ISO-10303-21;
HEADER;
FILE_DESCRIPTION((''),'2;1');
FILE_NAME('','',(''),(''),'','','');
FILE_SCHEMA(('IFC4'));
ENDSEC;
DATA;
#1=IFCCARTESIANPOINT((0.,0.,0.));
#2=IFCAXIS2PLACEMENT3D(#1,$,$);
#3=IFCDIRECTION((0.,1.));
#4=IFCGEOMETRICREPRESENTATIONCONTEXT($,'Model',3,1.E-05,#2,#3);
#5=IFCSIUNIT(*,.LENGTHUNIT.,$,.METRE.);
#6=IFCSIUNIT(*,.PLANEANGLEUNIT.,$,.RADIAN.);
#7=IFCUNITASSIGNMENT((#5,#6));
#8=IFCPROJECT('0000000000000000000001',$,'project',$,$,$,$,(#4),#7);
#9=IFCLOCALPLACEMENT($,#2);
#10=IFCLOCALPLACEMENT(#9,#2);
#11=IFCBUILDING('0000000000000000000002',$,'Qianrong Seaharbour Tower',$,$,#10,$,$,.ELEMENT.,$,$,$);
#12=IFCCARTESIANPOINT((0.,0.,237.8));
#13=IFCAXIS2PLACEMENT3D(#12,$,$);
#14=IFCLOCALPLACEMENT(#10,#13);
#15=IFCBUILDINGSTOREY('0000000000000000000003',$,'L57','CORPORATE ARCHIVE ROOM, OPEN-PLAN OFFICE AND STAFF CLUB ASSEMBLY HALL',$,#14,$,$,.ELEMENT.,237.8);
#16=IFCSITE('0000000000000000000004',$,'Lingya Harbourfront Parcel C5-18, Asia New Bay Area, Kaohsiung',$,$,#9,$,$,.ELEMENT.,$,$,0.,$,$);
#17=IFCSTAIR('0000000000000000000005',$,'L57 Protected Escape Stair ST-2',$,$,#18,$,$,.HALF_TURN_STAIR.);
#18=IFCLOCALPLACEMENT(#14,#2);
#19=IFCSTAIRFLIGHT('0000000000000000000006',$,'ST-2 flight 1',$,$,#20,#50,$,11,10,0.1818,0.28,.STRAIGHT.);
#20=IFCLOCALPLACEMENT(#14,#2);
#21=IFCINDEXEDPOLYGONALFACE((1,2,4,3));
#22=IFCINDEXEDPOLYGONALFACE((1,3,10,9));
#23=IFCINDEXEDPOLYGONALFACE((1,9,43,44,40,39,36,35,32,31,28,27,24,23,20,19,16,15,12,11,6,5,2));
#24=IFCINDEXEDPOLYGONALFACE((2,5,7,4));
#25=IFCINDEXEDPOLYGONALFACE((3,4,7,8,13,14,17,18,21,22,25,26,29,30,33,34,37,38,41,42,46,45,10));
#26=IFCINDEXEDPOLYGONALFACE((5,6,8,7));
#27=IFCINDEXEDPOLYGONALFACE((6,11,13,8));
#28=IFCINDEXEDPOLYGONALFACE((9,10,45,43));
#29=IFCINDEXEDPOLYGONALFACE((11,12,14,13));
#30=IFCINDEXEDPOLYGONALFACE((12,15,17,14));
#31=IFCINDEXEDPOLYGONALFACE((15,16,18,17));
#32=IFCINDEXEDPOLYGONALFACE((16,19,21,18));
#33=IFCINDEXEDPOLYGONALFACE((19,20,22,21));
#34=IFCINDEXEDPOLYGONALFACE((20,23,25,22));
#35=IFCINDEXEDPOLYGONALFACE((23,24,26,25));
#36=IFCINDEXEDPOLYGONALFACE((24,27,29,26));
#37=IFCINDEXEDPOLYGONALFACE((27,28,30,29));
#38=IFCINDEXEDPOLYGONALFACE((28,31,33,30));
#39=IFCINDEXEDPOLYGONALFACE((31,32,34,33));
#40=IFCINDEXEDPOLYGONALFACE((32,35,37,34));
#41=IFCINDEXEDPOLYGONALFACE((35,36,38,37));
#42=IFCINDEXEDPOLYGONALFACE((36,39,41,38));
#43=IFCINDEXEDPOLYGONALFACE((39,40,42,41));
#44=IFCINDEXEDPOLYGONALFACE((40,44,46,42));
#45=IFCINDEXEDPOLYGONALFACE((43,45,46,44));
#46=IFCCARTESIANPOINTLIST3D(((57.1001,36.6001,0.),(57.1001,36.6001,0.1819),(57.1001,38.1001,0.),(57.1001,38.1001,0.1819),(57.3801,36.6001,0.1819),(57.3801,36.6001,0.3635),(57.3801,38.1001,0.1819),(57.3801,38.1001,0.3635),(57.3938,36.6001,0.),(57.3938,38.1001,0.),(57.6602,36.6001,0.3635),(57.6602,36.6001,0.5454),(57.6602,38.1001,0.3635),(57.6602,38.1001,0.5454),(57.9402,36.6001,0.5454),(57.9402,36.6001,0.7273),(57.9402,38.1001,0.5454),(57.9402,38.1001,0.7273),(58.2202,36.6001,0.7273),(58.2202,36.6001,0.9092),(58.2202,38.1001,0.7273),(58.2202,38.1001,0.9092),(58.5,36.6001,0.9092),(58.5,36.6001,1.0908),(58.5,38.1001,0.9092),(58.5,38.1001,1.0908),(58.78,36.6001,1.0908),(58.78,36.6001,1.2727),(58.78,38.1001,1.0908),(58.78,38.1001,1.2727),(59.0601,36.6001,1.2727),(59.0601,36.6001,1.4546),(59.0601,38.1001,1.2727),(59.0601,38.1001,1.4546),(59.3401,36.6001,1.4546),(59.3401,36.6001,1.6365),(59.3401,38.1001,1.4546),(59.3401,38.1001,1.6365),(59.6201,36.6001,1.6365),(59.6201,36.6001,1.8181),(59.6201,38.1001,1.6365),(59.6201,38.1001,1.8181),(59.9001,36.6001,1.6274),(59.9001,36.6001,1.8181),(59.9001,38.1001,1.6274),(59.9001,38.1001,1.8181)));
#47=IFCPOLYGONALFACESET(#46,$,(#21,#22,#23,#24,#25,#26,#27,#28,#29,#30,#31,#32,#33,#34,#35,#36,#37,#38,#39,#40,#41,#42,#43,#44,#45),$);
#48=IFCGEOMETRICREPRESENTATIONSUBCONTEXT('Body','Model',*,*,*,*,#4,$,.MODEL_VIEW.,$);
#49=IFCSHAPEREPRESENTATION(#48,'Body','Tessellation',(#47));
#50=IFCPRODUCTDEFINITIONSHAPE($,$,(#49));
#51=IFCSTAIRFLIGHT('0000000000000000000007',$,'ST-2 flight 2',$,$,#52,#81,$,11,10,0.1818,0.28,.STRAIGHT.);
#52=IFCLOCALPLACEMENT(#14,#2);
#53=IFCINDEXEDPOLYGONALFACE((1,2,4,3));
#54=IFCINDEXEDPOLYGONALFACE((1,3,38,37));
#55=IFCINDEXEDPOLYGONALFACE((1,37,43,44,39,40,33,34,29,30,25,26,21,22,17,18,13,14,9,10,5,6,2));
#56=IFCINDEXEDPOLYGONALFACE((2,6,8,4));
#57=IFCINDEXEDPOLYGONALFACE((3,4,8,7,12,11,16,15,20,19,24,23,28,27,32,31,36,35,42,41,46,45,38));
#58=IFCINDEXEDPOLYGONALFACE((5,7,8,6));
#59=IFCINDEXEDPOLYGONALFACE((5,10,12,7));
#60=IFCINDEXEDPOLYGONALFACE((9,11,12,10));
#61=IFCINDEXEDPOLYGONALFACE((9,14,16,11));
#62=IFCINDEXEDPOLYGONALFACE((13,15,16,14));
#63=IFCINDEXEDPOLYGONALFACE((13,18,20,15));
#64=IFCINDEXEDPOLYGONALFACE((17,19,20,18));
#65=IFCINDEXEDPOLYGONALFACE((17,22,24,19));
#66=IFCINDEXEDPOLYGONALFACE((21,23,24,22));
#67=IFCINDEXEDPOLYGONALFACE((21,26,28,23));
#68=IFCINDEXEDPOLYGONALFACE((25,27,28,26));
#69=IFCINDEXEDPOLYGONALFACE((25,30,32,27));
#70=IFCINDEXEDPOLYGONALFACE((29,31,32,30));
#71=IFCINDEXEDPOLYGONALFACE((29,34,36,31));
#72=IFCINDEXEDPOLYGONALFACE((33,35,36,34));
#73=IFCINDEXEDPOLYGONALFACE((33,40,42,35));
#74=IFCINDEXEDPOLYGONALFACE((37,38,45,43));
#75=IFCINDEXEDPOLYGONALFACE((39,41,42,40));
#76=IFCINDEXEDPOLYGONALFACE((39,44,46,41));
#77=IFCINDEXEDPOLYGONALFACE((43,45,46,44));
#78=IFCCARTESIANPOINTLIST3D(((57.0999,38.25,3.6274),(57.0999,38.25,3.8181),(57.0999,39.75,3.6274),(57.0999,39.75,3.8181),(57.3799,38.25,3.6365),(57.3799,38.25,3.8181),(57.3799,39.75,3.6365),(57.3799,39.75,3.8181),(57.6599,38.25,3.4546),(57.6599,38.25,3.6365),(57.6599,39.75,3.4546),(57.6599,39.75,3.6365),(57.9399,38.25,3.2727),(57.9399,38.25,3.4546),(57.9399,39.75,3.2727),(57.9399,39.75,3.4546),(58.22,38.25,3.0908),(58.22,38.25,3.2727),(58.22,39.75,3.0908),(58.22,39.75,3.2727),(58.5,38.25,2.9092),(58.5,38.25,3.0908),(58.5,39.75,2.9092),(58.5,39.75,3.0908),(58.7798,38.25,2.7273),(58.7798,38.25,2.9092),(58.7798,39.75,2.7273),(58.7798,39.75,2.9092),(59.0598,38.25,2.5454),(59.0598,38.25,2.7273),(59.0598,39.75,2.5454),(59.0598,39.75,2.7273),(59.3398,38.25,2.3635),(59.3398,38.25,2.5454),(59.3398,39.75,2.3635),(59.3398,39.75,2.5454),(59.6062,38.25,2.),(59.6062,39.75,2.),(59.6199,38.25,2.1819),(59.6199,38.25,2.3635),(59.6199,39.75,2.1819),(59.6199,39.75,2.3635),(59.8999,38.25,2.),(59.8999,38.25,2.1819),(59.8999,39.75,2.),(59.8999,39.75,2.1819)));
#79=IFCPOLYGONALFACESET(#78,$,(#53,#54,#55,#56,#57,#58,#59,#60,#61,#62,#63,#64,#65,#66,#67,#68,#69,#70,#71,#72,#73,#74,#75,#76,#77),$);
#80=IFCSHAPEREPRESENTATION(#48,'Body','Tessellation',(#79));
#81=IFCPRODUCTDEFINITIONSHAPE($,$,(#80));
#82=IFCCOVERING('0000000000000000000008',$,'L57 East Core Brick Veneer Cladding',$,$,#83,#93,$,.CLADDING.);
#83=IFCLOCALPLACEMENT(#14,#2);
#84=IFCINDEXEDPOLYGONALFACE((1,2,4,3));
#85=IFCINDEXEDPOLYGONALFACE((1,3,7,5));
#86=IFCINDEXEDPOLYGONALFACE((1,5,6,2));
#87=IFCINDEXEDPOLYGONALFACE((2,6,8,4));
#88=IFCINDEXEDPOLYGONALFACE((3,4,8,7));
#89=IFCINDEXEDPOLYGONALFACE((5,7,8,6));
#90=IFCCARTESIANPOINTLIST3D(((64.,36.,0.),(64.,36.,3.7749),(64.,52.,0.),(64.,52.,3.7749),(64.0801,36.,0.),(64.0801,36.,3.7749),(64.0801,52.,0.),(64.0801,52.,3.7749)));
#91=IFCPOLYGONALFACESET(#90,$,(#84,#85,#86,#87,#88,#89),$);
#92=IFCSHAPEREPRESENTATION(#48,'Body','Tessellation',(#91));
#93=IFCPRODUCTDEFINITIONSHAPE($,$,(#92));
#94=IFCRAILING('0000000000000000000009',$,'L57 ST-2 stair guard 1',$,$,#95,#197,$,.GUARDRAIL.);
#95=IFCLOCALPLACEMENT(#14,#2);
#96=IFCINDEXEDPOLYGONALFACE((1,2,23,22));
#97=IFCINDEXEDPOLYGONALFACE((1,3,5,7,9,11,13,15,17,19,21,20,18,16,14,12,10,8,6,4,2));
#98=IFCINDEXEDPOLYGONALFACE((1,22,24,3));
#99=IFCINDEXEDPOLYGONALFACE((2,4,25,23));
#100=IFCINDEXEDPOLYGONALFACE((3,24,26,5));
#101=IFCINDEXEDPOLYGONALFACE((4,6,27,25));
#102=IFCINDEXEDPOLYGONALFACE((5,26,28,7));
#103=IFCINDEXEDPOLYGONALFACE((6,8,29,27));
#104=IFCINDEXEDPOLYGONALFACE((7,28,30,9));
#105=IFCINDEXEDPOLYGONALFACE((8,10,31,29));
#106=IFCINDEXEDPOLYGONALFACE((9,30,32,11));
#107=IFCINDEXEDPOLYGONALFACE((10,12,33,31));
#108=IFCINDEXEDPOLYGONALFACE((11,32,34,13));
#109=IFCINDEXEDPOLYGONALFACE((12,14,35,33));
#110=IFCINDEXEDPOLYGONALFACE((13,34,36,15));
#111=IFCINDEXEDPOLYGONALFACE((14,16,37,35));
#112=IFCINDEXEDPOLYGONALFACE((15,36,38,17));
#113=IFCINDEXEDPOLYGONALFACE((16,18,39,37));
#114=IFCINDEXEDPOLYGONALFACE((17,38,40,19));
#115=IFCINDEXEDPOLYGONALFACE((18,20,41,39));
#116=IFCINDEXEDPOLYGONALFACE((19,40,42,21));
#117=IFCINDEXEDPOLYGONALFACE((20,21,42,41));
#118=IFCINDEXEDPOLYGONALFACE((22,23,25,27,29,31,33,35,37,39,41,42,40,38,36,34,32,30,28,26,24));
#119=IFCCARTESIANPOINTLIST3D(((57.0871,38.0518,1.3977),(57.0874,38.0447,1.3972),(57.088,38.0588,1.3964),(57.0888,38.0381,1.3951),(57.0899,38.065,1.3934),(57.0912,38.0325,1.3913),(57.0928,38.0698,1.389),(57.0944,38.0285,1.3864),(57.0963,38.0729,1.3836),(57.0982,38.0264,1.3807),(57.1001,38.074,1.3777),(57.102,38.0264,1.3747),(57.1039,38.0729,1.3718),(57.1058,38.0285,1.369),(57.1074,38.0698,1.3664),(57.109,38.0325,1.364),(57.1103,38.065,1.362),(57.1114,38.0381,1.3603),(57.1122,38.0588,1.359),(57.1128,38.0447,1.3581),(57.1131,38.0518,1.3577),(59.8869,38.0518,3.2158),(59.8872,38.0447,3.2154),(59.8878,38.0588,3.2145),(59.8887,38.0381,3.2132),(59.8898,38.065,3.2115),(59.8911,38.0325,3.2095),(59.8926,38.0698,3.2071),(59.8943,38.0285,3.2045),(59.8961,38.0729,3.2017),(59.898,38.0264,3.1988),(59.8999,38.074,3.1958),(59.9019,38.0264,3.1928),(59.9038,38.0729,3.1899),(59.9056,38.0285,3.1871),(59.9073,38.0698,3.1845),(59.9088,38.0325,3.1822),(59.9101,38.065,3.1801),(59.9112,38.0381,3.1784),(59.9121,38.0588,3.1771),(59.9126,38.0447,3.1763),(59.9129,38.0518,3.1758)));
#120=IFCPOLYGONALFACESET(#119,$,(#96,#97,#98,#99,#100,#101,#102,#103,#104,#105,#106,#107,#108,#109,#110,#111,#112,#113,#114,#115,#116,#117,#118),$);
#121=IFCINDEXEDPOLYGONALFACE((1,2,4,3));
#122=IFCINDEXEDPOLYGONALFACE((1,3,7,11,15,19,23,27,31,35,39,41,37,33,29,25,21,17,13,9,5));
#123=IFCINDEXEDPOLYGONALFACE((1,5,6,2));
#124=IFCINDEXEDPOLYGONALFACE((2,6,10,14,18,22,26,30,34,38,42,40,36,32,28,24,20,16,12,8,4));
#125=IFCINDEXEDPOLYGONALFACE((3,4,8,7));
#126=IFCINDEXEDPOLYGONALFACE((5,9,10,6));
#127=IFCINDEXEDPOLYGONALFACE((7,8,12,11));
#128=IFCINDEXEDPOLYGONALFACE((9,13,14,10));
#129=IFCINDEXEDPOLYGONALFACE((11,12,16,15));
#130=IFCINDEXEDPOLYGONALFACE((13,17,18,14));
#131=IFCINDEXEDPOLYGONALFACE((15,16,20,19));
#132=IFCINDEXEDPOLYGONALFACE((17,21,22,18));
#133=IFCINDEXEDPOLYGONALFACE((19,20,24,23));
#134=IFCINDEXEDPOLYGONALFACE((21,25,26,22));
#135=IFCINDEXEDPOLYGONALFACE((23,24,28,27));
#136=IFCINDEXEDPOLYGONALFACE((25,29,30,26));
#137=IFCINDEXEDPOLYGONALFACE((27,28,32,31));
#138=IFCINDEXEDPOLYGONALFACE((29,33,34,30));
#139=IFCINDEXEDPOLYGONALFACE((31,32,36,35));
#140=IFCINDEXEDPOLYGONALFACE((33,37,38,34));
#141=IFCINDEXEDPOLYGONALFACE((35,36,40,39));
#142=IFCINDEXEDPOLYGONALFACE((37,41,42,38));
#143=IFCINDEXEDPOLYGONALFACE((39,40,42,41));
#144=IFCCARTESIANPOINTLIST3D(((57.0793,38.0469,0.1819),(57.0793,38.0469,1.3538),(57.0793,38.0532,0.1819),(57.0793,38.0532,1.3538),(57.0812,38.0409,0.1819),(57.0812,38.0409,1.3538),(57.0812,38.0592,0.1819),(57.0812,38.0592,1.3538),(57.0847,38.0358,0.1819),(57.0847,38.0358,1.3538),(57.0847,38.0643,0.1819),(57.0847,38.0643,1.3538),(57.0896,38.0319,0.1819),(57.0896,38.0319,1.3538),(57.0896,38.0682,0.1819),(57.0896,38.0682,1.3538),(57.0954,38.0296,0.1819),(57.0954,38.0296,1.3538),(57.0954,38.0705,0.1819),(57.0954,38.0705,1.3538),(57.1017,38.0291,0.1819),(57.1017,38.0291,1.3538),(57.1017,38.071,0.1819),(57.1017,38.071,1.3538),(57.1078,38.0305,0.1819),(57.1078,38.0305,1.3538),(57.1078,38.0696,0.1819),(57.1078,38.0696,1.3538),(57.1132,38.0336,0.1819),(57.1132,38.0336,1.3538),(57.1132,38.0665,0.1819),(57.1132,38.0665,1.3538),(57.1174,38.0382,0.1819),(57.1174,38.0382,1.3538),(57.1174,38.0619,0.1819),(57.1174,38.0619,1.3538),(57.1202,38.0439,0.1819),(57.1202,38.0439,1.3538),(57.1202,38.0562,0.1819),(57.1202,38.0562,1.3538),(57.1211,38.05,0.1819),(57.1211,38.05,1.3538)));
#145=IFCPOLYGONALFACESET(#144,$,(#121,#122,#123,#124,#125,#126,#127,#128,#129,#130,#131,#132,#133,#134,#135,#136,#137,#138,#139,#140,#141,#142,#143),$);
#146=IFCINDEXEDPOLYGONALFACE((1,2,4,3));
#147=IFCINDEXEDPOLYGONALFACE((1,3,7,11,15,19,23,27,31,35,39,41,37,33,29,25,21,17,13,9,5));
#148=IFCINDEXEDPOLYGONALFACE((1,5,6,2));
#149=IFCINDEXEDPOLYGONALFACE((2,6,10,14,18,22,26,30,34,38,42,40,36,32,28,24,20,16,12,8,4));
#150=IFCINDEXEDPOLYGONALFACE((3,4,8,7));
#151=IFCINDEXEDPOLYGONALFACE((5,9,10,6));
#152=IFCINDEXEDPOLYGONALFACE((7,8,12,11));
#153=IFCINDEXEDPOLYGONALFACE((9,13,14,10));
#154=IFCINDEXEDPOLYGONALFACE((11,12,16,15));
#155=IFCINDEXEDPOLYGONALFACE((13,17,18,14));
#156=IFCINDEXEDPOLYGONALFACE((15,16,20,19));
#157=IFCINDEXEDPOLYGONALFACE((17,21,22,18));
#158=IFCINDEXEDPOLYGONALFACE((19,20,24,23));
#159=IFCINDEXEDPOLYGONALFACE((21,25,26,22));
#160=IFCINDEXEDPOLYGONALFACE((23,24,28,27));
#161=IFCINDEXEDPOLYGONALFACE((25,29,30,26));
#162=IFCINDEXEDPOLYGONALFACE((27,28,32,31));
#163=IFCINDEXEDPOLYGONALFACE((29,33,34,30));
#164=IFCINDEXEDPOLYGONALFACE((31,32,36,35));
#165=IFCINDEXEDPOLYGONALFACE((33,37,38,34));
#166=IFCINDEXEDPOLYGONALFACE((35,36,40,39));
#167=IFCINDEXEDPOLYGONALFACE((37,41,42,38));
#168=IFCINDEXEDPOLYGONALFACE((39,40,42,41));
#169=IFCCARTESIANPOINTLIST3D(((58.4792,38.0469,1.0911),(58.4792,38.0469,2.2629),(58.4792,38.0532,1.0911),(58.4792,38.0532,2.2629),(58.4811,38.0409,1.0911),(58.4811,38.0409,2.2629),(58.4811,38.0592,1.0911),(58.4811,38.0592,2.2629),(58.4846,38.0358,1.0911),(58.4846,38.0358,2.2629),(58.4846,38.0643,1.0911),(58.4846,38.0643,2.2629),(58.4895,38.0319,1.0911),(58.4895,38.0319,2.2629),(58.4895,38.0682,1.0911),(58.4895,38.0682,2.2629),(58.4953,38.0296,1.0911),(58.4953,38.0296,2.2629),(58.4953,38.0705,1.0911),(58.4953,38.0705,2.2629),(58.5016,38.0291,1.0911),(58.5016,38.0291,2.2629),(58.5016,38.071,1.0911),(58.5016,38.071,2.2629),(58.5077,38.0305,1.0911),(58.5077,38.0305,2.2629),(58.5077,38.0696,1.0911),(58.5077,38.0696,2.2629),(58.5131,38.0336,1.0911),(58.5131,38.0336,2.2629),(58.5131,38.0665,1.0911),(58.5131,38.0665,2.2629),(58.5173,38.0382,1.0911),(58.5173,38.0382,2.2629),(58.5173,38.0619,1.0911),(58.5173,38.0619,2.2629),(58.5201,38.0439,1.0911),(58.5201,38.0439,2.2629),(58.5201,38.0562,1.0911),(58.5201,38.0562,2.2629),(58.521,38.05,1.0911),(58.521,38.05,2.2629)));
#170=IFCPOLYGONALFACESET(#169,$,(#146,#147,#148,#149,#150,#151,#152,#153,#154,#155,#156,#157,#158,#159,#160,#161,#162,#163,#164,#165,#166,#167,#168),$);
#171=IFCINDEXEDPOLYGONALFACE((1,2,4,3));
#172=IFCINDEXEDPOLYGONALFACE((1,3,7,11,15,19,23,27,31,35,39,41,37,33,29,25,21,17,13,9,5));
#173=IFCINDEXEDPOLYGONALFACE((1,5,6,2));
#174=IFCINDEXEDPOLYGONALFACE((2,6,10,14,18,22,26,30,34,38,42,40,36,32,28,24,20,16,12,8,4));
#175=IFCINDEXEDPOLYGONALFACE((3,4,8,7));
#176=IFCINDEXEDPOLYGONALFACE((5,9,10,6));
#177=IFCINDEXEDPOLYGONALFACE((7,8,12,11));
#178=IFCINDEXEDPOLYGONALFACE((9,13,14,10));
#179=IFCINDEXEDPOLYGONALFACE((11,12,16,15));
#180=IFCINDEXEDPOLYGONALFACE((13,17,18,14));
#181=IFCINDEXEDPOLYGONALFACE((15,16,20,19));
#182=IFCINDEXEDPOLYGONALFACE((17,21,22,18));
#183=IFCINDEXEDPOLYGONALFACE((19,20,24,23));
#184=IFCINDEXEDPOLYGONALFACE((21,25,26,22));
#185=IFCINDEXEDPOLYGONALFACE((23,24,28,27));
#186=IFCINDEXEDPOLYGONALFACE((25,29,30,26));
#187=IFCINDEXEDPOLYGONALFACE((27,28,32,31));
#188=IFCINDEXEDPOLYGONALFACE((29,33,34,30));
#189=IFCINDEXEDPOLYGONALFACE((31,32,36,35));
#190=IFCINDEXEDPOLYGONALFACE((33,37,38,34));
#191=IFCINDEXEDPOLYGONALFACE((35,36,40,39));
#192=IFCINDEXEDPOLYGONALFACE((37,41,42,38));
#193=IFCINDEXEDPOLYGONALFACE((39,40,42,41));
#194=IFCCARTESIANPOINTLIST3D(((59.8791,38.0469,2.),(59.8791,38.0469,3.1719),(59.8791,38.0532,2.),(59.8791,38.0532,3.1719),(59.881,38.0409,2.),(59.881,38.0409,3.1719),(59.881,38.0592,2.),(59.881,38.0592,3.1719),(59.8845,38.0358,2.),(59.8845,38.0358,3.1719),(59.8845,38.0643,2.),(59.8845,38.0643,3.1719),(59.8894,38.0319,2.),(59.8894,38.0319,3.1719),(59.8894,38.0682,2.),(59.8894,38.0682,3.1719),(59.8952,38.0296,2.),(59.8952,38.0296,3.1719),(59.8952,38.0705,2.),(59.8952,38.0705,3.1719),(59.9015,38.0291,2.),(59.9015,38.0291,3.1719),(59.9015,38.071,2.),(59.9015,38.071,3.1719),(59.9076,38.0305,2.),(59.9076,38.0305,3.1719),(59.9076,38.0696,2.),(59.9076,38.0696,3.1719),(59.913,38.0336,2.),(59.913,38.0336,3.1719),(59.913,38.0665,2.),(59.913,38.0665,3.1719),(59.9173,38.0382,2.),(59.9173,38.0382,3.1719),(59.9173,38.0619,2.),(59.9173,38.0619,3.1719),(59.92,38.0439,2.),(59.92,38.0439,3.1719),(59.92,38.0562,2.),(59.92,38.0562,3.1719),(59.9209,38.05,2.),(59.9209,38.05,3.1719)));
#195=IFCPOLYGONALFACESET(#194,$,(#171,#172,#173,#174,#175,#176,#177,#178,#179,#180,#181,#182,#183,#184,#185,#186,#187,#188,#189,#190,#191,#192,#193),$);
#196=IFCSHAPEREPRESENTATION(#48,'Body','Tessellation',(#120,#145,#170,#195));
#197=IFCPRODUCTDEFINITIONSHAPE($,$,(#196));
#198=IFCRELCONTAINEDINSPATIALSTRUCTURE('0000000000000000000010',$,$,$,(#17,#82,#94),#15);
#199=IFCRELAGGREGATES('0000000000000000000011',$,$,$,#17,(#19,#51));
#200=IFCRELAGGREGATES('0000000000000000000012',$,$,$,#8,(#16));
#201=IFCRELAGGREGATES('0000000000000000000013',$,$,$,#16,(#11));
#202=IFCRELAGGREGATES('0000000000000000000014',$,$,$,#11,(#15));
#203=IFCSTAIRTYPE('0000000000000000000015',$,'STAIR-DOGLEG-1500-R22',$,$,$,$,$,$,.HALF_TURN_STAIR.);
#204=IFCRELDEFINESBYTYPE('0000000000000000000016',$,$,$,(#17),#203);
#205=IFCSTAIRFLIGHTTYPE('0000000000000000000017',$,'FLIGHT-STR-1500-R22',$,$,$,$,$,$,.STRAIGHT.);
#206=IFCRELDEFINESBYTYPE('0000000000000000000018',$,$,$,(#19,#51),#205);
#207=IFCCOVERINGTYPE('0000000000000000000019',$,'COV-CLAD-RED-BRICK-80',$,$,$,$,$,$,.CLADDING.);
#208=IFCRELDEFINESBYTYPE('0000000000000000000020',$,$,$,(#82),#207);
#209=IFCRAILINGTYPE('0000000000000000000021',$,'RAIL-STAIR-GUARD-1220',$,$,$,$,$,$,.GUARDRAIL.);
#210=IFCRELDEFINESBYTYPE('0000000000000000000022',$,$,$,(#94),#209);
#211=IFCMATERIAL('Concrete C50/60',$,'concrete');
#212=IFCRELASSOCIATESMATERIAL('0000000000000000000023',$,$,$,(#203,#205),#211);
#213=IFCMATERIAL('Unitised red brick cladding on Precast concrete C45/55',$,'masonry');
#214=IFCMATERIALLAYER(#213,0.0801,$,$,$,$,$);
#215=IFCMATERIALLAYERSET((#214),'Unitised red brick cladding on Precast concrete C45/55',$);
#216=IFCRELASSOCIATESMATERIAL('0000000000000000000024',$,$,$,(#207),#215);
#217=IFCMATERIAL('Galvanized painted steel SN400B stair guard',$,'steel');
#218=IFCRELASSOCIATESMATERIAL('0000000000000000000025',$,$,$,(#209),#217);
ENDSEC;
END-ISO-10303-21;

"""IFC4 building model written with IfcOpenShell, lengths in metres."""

from ifc_helpers import new_model, si_unit, direction, frame, origin, origin_2d, place, context, subcontext, project, spatial, polyline, rectangle, circle, outline, extrude, material, layer, layer_set, type_object, element, aggregate, save


model = new_model("IFC4")

# Units and contexts
model_context = context("Model", 3, precision=1e-05, world=origin(), true_north=direction((0.0, 1.0)))
body_context = subcontext(model_context, "Body", "Model", "MODEL_VIEW")
ifc_project = project(units=[si_unit("LENGTHUNIT", "METRE"), si_unit("PLANEANGLEUNIT", "RADIAN")], contexts=[model_context])

# Site, building, storey
site_placement = place(None, origin())
site = spatial("IfcSite", under=ifc_project, at=site_placement, Name="Lingya Harbourfront Parcel C5-18, Asia New Bay Area, Kaohsiung", CompositionType="ELEMENT", RefElevation=0.0)
building_placement = place(site_placement, origin())
building = spatial("IfcBuilding", under=site, at=building_placement, Name="Qianrong Seaharbour Tower", CompositionType="ELEMENT")
storey_placement = place(building_placement, frame((0.0, 0.0, 237.8)))
storey = spatial("IfcBuildingStorey", under=building, at=storey_placement, Name="L57", Description="CORPORATE ARCHIVE ROOM, OPEN-PLAN OFFICE AND STAFF CLUB ASSEMBLY HALL", CompositionType="ELEMENT", Elevation=237.8)

# Shared definitions
ifc_material_1 = material(Name="Concrete C50/60", Category="concrete")

# Stair, stair flights
stair_type = type_object("IfcStairType", Name="STAIR-DOGLEG-1500-R22", PredefinedType="HALF_TURN_STAIR", material=ifc_material_1)
stair_placement = place(storey_placement, origin())
stair = element("IfcStair", 1, at=stair_placement, inside=storey, type_object=stair_type, Name="L57 Protected Escape Stair ST-2", PredefinedType="HALF_TURN_STAIR")
stair_flight_type = type_object("IfcStairFlightType", Name="FLIGHT-STR-1500-R22", PredefinedType="STRAIGHT", material=ifc_material_1)
stair_flight_1_placement = place(storey_placement, frame((57.1001, 37.3501, 0.0), z_axis=(0.0, 0.0, 1.0), x_axis=(1.0, 0.0, 0.0)))
stair_flight_1 = element("IfcStairFlight", 2, at=stair_flight_1_placement, type_object=stair_flight_type, Name="ST-2 flight 1", NumberOfRisers=11, NumberOfTreads=10, PredefinedType="STRAIGHT", RiserHeight=0.1818, TreadLength=0.28, context=body_context, shape_type="SweptSolid", body=[
    extrude(outline(polyline([(0.0, 0.0), (0.0, 0.1819), (0.28, 0.1819), (0.28, 0.3635), (0.5601, 0.3635), (0.5601, 0.5454), (0.8401, 0.5454), (0.8401, 0.7273), (1.1201, 0.7273), (1.1201, 0.9092), (1.3999, 0.9092), (1.3999, 1.0908), (1.6799, 1.0908), (1.6799, 1.2727), (1.96, 1.2727), (1.96, 1.4546), (2.24, 1.4546), (2.24, 1.6365), (2.52, 1.6365), (2.52, 1.8181), (2.8, 1.8181), (2.8, 2.0), (2.8, 1.6274), (0.2937, 0.0), (0.0, 0.0)])), frame((0.0, 0.75, 0.0), z_axis=(0.0, -1.0, 0.0), x_axis=(1.0, 0.0, 0.0)), (0.0, 0.0, 1.0), 1.5),
])
stair_flight_2_placement = place(storey_placement, frame((59.8999, 39.0, 2.0), z_axis=(0.0, 0.0, 1.0), x_axis=(-1.0, 0.0, 0.0)))
stair_flight_2 = element("IfcStairFlight", 3, at=stair_flight_2_placement, type_object=stair_flight_type, Name="ST-2 flight 2", NumberOfRisers=11, NumberOfTreads=10, PredefinedType="STRAIGHT", RiserHeight=0.1818, TreadLength=0.28, context=body_context, shape_type="SweptSolid", body=[
    extrude(outline(polyline([(0.0, 0.0), (0.0, 0.1819), (0.28, 0.1819), (0.28, 0.3635), (0.5601, 0.3635), (0.5601, 0.5454), (0.8401, 0.5454), (0.8401, 0.7273), (1.1201, 0.7273), (1.1201, 0.9092), (1.3999, 0.9092), (1.3999, 1.0908), (1.6799, 1.0908), (1.6799, 1.2727), (1.96, 1.2727), (1.96, 1.4546), (2.24, 1.4546), (2.24, 1.6365), (2.52, 1.6365), (2.52, 1.8181), (2.8, 1.8181), (2.8, 2.0), (2.8, 1.6274), (0.2937, 0.0), (0.0, 0.0)])), frame((0.0, 0.75, 0.0), z_axis=(0.0, -1.0, 0.0), x_axis=(1.0, 0.0, 0.0)), (0.0, 0.0, 1.0), 1.5),
])
aggregate(stair, [stair_flight_1, stair_flight_2])

# Covering
ifc_material_2 = material(Name="Unitised red brick cladding on Precast concrete C45/55", Category="masonry")
ifc_layer_1 = layer(ifc_material_2, 0.0801)
ifc_layer_set_1 = layer_set([ifc_layer_1], Name="Unitised red brick cladding on Precast concrete C45/55")
covering_type = type_object("IfcCoveringType", Name="COV-CLAD-RED-BRICK-80", PredefinedType="CLADDING", material=ifc_layer_set_1)
covering_placement = place(storey_placement, frame((64.04, 44.0, 0.0), z_axis=(0.0, 0.0, 1.0), x_axis=(1.0, 0.0, 0.0)))
element("IfcCovering", 4, at=covering_placement, inside=storey, type_object=covering_type, Name="L57 East Core Brick Veneer Cladding", PredefinedType="CLADDING", context=body_context, shape_type="SweptSolid", body=[
    extrude(rectangle(XDim=0.0801, YDim=16.0, at=origin_2d()), origin(), (0.0, 0.0, 1.0), 3.7749),
])

# Railing
ifc_material_3 = material(Name="Galvanized painted steel SN400B stair guard", Category="steel")
railing_type_1 = type_object("IfcRailingType", Name="RAIL-STAIR-GUARD-1220", PredefinedType="GUARDRAIL", material=ifc_material_3)
railing_1_placement = place(storey_placement, frame((57.1001, 38.05, 0.1819)))
element("IfcRailing", 5, at=railing_1_placement, inside=storey, type_object=railing_type_1, Name="L57 ST-2 stair guard 1", PredefinedType="GUARDRAIL", context=body_context, shape_type="SweptSolid", body=[
    extrude(circle(Radius=0.0239, at=origin_2d()), frame((0.0, 0.0, 1.1958), z_axis=(0.838684, 0.0, 0.544618), x_axis=(0.0, 1.0, 0.0)), (0.0, 0.0, 1.0), 3.3384),
    extrude(circle(Radius=0.021, at=origin_2d()), origin(), (0.0, 0.0, 1.0), 1.1719),
    extrude(circle(Radius=0.021, at=origin_2d()), frame((1.3999, 0.0, 0.9092)), (0.0, 0.0, 1.0), 1.1719),
    extrude(circle(Radius=0.021, at=origin_2d()), frame((2.7998, 0.0, 1.8181)), (0.0, 0.0, 1.0), 1.1719),
])

save(model, "model.ifc")
